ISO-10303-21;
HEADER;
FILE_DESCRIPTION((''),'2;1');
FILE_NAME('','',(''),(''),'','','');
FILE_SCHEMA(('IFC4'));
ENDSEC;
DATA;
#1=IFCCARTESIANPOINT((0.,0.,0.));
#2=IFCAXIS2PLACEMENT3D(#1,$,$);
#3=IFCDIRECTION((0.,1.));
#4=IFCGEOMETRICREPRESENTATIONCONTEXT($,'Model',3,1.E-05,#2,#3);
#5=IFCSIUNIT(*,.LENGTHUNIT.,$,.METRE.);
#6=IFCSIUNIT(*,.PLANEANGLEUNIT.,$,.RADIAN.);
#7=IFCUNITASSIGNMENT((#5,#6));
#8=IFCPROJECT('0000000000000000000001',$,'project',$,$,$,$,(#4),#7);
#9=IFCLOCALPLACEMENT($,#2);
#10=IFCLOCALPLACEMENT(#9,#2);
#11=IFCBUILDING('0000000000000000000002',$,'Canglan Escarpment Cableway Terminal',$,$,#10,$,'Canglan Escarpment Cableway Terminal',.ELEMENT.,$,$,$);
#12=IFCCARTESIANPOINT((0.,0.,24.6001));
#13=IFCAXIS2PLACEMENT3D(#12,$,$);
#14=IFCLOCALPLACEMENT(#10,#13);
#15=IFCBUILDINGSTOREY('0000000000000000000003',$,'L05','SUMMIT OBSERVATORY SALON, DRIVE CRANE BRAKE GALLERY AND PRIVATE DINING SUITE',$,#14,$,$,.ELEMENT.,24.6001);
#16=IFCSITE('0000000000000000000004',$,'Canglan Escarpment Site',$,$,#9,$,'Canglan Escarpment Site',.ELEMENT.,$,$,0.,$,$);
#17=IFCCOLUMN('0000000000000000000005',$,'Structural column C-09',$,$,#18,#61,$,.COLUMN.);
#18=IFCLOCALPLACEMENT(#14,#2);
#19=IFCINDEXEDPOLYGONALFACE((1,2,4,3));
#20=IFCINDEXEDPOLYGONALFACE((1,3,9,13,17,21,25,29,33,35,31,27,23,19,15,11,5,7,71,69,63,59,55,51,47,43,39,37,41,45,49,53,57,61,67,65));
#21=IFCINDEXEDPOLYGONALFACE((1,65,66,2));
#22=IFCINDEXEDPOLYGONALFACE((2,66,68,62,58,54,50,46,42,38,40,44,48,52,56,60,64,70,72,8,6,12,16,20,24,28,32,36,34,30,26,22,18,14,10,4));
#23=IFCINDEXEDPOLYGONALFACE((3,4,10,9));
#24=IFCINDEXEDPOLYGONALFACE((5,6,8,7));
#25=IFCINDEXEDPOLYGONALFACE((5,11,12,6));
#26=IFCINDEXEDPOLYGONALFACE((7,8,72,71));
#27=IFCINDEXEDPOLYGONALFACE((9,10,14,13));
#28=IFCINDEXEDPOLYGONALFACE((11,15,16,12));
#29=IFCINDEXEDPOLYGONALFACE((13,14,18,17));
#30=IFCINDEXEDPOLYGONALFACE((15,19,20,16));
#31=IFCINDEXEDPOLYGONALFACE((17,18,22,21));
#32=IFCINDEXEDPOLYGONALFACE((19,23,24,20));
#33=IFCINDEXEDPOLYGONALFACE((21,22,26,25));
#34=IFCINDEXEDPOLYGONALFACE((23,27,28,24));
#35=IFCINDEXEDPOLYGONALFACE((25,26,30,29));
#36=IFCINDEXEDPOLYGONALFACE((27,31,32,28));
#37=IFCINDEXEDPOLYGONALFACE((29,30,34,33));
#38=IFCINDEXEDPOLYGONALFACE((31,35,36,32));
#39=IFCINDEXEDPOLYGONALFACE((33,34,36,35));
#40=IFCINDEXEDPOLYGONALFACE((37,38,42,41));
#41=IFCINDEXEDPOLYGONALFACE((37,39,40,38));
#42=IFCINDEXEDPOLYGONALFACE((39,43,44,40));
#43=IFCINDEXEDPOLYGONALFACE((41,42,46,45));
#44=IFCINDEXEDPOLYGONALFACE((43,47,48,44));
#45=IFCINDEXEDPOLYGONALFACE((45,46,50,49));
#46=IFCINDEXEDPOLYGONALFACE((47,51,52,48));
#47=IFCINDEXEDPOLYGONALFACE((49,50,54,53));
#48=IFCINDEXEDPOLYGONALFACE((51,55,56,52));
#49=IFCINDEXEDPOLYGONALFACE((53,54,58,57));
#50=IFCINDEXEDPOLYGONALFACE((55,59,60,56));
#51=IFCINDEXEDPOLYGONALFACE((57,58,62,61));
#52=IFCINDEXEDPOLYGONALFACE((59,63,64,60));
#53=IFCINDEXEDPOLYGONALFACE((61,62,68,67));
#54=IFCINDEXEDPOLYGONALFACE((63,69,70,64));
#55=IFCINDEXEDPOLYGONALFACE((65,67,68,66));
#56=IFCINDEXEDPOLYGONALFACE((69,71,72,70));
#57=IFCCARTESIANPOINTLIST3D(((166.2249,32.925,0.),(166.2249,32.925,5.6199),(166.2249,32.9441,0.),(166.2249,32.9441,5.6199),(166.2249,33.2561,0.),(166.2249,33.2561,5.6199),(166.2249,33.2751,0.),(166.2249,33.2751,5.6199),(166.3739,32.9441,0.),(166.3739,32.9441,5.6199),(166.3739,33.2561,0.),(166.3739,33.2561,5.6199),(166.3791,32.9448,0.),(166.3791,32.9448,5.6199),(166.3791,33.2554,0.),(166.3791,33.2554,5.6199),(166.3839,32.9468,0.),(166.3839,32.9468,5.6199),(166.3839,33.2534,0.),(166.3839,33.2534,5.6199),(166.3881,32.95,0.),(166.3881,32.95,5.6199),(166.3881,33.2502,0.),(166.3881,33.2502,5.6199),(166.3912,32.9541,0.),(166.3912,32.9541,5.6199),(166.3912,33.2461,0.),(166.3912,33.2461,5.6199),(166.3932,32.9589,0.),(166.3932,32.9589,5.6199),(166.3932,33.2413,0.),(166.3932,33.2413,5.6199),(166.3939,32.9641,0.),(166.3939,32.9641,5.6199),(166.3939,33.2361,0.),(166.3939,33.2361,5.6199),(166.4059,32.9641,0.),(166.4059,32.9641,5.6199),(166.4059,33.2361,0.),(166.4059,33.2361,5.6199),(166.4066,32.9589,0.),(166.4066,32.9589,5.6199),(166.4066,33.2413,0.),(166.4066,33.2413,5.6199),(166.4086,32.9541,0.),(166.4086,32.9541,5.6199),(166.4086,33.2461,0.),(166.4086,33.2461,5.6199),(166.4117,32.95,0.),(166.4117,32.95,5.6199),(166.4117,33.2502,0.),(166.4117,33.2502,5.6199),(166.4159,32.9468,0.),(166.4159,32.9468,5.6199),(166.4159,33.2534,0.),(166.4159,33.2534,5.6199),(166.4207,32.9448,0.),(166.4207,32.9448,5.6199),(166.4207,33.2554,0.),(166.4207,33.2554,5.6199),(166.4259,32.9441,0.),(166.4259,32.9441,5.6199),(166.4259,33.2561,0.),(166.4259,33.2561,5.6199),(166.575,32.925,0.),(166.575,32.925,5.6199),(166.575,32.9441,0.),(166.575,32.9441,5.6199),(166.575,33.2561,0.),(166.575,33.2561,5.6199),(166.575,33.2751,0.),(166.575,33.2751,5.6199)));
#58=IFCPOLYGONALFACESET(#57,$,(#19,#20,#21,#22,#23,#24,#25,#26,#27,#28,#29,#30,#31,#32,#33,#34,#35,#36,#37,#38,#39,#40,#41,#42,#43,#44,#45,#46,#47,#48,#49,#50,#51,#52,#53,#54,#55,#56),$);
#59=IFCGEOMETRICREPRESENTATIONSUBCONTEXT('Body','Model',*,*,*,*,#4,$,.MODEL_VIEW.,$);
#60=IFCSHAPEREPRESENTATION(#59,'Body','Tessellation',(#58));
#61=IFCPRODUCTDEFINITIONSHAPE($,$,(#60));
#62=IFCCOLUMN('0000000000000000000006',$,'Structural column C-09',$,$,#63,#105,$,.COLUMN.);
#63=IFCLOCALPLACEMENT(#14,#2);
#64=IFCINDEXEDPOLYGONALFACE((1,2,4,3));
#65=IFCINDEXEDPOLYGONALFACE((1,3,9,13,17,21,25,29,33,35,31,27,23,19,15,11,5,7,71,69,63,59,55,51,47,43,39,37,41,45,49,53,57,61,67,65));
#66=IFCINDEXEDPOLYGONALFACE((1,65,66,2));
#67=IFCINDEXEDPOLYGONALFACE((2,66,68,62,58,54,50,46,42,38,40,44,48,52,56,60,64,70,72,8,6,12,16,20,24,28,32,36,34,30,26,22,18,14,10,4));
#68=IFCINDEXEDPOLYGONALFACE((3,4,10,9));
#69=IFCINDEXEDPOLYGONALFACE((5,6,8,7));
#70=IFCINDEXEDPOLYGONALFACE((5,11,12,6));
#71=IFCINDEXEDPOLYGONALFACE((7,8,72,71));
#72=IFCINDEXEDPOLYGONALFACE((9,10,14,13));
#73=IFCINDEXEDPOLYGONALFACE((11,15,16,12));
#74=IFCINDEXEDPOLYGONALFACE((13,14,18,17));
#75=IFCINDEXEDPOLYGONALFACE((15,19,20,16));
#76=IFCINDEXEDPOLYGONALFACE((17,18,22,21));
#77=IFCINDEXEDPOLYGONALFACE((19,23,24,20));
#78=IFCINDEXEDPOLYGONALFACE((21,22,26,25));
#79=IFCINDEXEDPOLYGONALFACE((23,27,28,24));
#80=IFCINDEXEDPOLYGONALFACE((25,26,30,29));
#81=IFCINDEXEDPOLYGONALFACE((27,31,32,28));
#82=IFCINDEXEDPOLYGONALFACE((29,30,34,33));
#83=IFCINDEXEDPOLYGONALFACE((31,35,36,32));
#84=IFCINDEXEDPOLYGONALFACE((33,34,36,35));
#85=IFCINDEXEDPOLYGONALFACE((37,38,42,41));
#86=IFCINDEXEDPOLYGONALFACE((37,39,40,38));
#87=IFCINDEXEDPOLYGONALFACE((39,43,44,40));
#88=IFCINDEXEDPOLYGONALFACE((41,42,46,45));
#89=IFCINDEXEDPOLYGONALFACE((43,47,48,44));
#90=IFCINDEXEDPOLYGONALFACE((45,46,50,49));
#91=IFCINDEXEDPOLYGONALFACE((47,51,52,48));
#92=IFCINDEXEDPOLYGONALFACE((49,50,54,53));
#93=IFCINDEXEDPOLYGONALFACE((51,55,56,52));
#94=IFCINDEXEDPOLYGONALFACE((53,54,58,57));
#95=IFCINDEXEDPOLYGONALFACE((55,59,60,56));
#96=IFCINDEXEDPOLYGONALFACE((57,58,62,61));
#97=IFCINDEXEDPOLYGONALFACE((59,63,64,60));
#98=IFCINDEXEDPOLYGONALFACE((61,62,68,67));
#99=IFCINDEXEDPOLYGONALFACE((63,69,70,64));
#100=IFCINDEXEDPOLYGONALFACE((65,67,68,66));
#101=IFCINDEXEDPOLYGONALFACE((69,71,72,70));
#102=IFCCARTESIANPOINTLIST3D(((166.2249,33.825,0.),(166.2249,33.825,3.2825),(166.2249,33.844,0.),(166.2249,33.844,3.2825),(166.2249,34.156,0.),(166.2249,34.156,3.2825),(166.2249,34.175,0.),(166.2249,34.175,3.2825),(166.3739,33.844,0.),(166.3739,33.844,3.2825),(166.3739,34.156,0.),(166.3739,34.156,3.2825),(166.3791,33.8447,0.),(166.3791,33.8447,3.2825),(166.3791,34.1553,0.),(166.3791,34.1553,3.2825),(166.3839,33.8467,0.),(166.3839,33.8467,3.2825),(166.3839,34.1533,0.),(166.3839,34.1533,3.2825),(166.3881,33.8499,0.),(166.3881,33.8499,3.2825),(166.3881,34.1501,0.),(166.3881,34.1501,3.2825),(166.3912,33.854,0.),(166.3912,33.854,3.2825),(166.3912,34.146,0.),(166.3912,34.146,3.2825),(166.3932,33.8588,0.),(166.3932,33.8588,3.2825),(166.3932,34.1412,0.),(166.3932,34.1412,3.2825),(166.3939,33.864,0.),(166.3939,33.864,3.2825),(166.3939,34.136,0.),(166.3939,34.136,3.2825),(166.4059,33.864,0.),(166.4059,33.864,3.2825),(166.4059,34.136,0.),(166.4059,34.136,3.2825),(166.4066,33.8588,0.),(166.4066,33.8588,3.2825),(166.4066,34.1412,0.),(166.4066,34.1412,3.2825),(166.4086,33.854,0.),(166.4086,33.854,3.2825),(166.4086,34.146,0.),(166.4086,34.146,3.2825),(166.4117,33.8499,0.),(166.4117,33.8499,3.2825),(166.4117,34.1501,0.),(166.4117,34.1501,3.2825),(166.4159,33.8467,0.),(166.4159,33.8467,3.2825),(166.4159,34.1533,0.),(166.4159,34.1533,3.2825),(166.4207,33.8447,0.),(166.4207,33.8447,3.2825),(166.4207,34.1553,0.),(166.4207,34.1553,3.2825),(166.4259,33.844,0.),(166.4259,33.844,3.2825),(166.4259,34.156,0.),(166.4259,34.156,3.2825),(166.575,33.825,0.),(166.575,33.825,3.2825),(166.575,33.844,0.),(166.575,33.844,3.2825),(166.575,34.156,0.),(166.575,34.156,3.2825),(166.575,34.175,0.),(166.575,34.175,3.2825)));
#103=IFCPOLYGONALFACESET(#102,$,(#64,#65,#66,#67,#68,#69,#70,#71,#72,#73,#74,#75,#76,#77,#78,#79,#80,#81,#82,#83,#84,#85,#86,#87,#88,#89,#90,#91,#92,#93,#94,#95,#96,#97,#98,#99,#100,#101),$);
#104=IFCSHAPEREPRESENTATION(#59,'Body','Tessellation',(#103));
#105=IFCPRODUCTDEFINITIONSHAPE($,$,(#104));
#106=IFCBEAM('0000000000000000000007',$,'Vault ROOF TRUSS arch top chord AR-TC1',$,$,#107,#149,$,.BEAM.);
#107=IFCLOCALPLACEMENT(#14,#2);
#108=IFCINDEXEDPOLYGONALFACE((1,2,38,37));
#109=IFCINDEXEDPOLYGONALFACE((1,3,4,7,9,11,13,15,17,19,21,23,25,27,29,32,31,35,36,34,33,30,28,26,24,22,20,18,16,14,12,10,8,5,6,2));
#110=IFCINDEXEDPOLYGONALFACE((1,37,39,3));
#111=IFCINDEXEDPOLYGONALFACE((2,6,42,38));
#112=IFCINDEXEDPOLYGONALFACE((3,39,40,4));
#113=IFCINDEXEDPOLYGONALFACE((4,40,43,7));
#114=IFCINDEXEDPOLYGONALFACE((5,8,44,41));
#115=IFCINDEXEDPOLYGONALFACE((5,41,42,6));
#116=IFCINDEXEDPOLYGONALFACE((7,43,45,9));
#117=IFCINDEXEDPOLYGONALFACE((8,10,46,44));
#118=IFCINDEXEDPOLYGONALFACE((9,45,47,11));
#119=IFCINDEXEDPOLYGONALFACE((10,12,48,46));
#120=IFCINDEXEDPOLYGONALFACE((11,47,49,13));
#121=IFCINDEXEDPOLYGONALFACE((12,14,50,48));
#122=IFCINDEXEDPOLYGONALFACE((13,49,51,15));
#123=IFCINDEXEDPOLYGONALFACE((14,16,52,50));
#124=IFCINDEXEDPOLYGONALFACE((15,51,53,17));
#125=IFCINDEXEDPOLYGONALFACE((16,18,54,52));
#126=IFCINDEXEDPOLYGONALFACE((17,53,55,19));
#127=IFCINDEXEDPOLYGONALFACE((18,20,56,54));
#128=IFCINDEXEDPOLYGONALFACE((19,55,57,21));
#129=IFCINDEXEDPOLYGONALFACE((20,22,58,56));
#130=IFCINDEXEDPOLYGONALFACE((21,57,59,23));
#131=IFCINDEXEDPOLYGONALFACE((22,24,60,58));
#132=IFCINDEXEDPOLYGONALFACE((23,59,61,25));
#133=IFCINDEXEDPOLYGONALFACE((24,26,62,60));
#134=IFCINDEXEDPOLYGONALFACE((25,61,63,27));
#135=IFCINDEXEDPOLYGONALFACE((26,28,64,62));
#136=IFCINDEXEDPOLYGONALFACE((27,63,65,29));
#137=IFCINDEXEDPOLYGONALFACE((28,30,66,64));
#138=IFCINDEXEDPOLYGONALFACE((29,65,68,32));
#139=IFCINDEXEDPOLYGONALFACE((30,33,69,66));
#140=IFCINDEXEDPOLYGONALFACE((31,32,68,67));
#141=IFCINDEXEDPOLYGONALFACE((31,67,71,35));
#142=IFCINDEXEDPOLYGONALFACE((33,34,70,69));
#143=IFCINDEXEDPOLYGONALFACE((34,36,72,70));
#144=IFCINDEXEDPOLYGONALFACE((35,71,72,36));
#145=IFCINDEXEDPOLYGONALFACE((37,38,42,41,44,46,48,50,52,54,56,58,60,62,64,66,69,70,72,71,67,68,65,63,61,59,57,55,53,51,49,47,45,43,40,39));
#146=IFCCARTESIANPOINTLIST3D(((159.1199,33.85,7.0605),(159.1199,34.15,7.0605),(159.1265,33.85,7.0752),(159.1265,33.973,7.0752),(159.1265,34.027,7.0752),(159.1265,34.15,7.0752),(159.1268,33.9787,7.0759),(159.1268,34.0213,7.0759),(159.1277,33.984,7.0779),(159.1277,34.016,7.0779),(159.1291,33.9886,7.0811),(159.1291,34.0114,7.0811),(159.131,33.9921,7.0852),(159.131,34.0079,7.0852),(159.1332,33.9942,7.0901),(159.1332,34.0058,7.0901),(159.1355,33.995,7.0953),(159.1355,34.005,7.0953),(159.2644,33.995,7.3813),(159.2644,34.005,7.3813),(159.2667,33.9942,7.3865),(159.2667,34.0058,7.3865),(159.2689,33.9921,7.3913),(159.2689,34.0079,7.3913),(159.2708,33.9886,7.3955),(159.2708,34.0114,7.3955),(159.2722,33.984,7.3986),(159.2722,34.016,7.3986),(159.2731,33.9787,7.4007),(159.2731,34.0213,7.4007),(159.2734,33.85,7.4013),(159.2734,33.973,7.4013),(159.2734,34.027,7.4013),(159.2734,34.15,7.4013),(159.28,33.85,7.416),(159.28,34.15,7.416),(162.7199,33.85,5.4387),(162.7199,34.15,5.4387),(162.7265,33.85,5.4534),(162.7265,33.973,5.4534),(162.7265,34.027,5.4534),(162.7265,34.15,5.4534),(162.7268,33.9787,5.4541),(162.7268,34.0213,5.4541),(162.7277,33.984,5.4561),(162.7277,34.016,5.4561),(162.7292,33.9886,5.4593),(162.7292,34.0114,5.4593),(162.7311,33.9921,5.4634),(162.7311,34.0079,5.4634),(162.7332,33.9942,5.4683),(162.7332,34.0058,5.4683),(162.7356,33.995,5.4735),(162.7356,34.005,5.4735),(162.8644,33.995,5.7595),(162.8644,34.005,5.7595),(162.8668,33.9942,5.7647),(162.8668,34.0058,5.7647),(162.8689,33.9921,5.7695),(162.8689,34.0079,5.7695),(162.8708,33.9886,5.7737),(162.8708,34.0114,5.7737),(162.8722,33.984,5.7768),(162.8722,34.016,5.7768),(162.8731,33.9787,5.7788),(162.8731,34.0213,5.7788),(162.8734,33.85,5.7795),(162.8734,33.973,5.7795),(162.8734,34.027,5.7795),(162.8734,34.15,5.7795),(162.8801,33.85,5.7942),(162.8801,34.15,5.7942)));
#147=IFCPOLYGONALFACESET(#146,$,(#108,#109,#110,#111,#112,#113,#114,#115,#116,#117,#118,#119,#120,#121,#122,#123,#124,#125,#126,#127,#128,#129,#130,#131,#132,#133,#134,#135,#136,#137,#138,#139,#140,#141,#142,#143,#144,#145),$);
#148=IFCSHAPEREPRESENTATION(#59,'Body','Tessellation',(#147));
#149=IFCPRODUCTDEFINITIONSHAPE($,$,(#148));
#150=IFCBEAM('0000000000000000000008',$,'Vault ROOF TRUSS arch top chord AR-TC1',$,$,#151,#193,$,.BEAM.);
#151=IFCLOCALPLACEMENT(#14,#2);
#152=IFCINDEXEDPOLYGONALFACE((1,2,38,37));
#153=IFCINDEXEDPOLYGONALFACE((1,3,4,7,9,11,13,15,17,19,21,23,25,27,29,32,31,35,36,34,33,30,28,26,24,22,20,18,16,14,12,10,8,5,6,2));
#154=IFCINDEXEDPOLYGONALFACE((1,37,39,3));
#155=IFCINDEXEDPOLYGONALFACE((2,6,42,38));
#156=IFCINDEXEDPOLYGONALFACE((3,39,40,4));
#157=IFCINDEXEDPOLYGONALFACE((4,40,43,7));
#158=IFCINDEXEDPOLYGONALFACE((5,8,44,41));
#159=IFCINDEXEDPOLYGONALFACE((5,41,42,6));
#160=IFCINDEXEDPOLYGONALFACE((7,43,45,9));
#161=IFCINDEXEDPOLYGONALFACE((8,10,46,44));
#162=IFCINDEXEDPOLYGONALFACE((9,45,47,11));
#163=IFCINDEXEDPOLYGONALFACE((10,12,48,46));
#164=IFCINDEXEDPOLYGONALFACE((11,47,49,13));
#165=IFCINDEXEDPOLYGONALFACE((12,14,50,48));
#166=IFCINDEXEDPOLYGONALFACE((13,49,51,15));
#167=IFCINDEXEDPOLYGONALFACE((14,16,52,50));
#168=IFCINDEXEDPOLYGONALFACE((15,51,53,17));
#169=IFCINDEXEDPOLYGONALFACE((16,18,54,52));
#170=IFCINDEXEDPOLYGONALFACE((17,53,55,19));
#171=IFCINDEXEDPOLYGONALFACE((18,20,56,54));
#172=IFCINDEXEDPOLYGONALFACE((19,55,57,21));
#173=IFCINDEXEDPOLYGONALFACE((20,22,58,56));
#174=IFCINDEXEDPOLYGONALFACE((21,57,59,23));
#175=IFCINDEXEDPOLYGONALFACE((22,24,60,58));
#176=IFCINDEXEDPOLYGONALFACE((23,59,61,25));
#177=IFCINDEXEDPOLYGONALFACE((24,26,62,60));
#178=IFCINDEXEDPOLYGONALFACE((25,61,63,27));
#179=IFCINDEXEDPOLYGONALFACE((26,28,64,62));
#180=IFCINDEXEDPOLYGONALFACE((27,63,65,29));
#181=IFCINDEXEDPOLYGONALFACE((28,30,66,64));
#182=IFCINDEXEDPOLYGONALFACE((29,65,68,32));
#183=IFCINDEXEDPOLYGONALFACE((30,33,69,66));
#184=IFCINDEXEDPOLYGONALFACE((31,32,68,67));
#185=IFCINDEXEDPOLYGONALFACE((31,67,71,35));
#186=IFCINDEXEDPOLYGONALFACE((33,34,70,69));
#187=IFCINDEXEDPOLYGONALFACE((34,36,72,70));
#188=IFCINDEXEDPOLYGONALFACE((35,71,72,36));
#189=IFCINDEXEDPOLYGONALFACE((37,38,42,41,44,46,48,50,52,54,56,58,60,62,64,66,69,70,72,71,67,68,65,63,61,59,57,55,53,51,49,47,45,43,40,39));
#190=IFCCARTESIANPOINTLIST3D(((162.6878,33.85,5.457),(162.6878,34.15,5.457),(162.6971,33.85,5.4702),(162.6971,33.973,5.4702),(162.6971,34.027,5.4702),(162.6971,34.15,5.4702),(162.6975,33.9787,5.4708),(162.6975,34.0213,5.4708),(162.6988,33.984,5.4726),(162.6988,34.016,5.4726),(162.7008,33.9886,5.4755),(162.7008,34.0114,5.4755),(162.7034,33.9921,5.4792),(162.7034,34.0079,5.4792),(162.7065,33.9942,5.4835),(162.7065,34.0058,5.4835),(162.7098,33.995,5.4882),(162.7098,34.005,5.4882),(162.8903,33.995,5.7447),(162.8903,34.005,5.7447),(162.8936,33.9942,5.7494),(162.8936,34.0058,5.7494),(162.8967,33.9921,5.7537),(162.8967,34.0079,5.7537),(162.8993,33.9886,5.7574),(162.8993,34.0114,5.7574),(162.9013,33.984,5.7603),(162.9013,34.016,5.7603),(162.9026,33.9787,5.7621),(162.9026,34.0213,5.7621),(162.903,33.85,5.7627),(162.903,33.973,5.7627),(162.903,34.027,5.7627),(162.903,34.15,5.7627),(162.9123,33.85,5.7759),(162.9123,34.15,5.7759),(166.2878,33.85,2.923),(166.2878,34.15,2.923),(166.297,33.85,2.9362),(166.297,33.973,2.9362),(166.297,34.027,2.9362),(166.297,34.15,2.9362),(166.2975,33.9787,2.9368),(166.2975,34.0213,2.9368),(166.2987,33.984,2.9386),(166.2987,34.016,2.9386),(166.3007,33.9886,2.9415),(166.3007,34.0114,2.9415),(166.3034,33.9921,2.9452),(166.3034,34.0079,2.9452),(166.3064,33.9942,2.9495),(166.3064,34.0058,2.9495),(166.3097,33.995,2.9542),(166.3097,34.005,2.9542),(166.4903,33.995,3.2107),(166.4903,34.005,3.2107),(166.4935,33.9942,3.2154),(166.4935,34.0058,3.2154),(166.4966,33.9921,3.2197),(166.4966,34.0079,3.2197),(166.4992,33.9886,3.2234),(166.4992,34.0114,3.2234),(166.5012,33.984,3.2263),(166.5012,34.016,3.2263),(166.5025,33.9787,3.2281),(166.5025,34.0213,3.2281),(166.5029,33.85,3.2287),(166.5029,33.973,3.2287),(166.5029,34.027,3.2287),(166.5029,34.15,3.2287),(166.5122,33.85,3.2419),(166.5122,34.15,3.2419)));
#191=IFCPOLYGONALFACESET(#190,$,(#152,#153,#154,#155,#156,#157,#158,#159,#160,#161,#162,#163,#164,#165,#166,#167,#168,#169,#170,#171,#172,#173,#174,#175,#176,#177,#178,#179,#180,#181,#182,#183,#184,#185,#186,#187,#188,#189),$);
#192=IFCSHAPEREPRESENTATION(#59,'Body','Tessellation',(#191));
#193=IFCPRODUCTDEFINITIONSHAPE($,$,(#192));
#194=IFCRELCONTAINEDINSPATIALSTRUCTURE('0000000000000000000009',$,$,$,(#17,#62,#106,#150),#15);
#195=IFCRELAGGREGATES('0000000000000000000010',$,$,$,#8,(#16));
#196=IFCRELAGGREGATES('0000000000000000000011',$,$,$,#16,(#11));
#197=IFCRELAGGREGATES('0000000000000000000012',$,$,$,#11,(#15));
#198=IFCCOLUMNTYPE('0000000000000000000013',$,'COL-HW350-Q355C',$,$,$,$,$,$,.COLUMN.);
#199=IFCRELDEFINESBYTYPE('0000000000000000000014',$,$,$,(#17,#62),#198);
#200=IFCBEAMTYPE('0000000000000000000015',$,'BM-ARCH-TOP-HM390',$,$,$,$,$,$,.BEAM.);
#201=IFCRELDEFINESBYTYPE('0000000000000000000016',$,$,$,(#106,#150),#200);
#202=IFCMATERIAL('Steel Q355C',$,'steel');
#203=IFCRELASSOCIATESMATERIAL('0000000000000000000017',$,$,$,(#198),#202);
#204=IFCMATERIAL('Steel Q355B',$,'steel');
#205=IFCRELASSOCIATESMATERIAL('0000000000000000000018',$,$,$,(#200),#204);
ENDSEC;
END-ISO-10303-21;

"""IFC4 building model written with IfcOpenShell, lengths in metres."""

from ifc_helpers import new_model, si_unit, direction, frame, origin, origin_2d, place, context, subcontext, project, spatial, i_section, extrude, material, material_profile, profile_set, type_object, element, save


model = new_model("IFC4")

# Units and contexts
model_context = context("Model", 3, precision=1e-05, world=origin(), true_north=direction((0.0, 1.0)))
body_context = subcontext(model_context, "Body", "Model", "MODEL_VIEW")
ifc_project = project(units=[si_unit("LENGTHUNIT", "METRE"), si_unit("PLANEANGLEUNIT", "RADIAN")], contexts=[model_context])

# Site, building, storey
site_placement = place(None, origin())
site = spatial("IfcSite", under=ifc_project, at=site_placement, Name="Canglan Escarpment Site", LongName="Canglan Escarpment Site", CompositionType="ELEMENT", RefElevation=0.0)
building_placement = place(site_placement, origin())
building = spatial("IfcBuilding", under=site, at=building_placement, Name="Canglan Escarpment Cableway Terminal", LongName="Canglan Escarpment Cableway Terminal", CompositionType="ELEMENT")
storey_placement = place(building_placement, frame((0.0, 0.0, 24.6001)))
storey = spatial("IfcBuildingStorey", under=building, at=storey_placement, Name="L05", Description="SUMMIT OBSERVATORY SALON, DRIVE CRANE BRAKE GALLERY AND PRIVATE DINING SUITE", CompositionType="ELEMENT", Elevation=24.6001)

# Columns
ifc_material_1 = material(Name="Steel Q355C", Category="steel")
ifc_material_profile_1 = material_profile(ifc_material_1, i_section(OverallWidth=0.3501, OverallDepth=0.3501, WebThickness=0.012, FlangeThickness=0.019, FilletRadius=0.02, at=origin_2d()), Name="HW 350x350x12x19")
ifc_profile_set_1 = profile_set([ifc_material_profile_1], Name="Steel Q355C")
column_type = type_object("IfcColumnType", Name="COL-HW350-Q355C", PredefinedType="COLUMN", material=ifc_profile_set_1)
column_1_placement = place(storey_placement, frame((166.3999, 33.1001, 0.0), z_axis=(0.0, 0.0, 1.0), x_axis=(1.0, 0.0, 0.0)))
element("IfcColumn", 1, at=column_1_placement, inside=storey, type_object=column_type, Name="Structural column C-09", PredefinedType="COLUMN", context=body_context, shape_type="SweptSolid", body=[
    extrude(i_section(OverallWidth=0.3501, OverallDepth=0.3501, WebThickness=0.012, FlangeThickness=0.019, FilletRadius=0.02, at=origin_2d()), origin(), (0.0, 0.0, 1.0), 5.6199),
])
column_2_placement = place(storey_placement, frame((166.3999, 34.0, 0.0), z_axis=(0.0, 0.0, 1.0), x_axis=(1.0, 0.0, 0.0)))
element("IfcColumn", 2, at=column_2_placement, inside=storey, type_object=column_type, Name="Structural column C-09", PredefinedType="COLUMN", context=body_context, shape_type="SweptSolid", body=[
    extrude(i_section(OverallWidth=0.3501, OverallDepth=0.3501, WebThickness=0.012, FlangeThickness=0.019, FilletRadius=0.02, at=origin_2d()), origin(), (0.0, 0.0, 1.0), 3.2825),
])

# Beams
ifc_material_2 = material(Name="Steel Q355B", Category="steel")
ifc_material_profile_2 = material_profile(ifc_material_2, i_section(OverallWidth=0.3, OverallDepth=0.3899, WebThickness=0.01, FlangeThickness=0.0161, FilletRadius=0.022, at=origin_2d()), Name="HM 390x300x10x16")
ifc_profile_set_2 = profile_set([ifc_material_profile_2], Name="Steel Q355B")
beam_type_1 = type_object("IfcBeamType", Name="BM-ARCH-TOP-HM390", PredefinedType="BEAM", material=ifc_profile_set_2)
beam_1_placement = place(storey_placement, frame((159.2, 34.0, 7.2383), z_axis=(0.911753, 0.0, -0.41074), x_axis=(0.0, 1.0, 0.0)))
element("IfcBeam", 3, at=beam_1_placement, inside=storey, type_object=beam_type_1, Name="Vault ROOF TRUSS arch top chord AR-TC1", PredefinedType="BEAM", context=body_context, shape_type="SweptSolid", body=[
    extrude(i_section(OverallWidth=0.3, OverallDepth=0.3899, WebThickness=0.01, FlangeThickness=0.0161, FilletRadius=0.022, at=origin_2d()), origin(), (0.0, 0.0, 1.0), 3.9485),
])
beam_2_placement = place(storey_placement, frame((162.8, 34.0, 5.6165), z_axis=(0.817731, 0.0, -0.575601), x_axis=(0.0, 1.0, 0.0)))
element("IfcBeam", 4, at=beam_2_placement, inside=storey, type_object=beam_type_1, Name="Vault ROOF TRUSS arch top chord AR-TC1", PredefinedType="BEAM", context=body_context, shape_type="SweptSolid", body=[
    extrude(i_section(OverallWidth=0.3, OverallDepth=0.3899, WebThickness=0.01, FlangeThickness=0.0161, FilletRadius=0.022, at=origin_2d()), origin(), (0.0, 0.0, 1.0), 4.4023),
])

save(model, "model.ifc")
